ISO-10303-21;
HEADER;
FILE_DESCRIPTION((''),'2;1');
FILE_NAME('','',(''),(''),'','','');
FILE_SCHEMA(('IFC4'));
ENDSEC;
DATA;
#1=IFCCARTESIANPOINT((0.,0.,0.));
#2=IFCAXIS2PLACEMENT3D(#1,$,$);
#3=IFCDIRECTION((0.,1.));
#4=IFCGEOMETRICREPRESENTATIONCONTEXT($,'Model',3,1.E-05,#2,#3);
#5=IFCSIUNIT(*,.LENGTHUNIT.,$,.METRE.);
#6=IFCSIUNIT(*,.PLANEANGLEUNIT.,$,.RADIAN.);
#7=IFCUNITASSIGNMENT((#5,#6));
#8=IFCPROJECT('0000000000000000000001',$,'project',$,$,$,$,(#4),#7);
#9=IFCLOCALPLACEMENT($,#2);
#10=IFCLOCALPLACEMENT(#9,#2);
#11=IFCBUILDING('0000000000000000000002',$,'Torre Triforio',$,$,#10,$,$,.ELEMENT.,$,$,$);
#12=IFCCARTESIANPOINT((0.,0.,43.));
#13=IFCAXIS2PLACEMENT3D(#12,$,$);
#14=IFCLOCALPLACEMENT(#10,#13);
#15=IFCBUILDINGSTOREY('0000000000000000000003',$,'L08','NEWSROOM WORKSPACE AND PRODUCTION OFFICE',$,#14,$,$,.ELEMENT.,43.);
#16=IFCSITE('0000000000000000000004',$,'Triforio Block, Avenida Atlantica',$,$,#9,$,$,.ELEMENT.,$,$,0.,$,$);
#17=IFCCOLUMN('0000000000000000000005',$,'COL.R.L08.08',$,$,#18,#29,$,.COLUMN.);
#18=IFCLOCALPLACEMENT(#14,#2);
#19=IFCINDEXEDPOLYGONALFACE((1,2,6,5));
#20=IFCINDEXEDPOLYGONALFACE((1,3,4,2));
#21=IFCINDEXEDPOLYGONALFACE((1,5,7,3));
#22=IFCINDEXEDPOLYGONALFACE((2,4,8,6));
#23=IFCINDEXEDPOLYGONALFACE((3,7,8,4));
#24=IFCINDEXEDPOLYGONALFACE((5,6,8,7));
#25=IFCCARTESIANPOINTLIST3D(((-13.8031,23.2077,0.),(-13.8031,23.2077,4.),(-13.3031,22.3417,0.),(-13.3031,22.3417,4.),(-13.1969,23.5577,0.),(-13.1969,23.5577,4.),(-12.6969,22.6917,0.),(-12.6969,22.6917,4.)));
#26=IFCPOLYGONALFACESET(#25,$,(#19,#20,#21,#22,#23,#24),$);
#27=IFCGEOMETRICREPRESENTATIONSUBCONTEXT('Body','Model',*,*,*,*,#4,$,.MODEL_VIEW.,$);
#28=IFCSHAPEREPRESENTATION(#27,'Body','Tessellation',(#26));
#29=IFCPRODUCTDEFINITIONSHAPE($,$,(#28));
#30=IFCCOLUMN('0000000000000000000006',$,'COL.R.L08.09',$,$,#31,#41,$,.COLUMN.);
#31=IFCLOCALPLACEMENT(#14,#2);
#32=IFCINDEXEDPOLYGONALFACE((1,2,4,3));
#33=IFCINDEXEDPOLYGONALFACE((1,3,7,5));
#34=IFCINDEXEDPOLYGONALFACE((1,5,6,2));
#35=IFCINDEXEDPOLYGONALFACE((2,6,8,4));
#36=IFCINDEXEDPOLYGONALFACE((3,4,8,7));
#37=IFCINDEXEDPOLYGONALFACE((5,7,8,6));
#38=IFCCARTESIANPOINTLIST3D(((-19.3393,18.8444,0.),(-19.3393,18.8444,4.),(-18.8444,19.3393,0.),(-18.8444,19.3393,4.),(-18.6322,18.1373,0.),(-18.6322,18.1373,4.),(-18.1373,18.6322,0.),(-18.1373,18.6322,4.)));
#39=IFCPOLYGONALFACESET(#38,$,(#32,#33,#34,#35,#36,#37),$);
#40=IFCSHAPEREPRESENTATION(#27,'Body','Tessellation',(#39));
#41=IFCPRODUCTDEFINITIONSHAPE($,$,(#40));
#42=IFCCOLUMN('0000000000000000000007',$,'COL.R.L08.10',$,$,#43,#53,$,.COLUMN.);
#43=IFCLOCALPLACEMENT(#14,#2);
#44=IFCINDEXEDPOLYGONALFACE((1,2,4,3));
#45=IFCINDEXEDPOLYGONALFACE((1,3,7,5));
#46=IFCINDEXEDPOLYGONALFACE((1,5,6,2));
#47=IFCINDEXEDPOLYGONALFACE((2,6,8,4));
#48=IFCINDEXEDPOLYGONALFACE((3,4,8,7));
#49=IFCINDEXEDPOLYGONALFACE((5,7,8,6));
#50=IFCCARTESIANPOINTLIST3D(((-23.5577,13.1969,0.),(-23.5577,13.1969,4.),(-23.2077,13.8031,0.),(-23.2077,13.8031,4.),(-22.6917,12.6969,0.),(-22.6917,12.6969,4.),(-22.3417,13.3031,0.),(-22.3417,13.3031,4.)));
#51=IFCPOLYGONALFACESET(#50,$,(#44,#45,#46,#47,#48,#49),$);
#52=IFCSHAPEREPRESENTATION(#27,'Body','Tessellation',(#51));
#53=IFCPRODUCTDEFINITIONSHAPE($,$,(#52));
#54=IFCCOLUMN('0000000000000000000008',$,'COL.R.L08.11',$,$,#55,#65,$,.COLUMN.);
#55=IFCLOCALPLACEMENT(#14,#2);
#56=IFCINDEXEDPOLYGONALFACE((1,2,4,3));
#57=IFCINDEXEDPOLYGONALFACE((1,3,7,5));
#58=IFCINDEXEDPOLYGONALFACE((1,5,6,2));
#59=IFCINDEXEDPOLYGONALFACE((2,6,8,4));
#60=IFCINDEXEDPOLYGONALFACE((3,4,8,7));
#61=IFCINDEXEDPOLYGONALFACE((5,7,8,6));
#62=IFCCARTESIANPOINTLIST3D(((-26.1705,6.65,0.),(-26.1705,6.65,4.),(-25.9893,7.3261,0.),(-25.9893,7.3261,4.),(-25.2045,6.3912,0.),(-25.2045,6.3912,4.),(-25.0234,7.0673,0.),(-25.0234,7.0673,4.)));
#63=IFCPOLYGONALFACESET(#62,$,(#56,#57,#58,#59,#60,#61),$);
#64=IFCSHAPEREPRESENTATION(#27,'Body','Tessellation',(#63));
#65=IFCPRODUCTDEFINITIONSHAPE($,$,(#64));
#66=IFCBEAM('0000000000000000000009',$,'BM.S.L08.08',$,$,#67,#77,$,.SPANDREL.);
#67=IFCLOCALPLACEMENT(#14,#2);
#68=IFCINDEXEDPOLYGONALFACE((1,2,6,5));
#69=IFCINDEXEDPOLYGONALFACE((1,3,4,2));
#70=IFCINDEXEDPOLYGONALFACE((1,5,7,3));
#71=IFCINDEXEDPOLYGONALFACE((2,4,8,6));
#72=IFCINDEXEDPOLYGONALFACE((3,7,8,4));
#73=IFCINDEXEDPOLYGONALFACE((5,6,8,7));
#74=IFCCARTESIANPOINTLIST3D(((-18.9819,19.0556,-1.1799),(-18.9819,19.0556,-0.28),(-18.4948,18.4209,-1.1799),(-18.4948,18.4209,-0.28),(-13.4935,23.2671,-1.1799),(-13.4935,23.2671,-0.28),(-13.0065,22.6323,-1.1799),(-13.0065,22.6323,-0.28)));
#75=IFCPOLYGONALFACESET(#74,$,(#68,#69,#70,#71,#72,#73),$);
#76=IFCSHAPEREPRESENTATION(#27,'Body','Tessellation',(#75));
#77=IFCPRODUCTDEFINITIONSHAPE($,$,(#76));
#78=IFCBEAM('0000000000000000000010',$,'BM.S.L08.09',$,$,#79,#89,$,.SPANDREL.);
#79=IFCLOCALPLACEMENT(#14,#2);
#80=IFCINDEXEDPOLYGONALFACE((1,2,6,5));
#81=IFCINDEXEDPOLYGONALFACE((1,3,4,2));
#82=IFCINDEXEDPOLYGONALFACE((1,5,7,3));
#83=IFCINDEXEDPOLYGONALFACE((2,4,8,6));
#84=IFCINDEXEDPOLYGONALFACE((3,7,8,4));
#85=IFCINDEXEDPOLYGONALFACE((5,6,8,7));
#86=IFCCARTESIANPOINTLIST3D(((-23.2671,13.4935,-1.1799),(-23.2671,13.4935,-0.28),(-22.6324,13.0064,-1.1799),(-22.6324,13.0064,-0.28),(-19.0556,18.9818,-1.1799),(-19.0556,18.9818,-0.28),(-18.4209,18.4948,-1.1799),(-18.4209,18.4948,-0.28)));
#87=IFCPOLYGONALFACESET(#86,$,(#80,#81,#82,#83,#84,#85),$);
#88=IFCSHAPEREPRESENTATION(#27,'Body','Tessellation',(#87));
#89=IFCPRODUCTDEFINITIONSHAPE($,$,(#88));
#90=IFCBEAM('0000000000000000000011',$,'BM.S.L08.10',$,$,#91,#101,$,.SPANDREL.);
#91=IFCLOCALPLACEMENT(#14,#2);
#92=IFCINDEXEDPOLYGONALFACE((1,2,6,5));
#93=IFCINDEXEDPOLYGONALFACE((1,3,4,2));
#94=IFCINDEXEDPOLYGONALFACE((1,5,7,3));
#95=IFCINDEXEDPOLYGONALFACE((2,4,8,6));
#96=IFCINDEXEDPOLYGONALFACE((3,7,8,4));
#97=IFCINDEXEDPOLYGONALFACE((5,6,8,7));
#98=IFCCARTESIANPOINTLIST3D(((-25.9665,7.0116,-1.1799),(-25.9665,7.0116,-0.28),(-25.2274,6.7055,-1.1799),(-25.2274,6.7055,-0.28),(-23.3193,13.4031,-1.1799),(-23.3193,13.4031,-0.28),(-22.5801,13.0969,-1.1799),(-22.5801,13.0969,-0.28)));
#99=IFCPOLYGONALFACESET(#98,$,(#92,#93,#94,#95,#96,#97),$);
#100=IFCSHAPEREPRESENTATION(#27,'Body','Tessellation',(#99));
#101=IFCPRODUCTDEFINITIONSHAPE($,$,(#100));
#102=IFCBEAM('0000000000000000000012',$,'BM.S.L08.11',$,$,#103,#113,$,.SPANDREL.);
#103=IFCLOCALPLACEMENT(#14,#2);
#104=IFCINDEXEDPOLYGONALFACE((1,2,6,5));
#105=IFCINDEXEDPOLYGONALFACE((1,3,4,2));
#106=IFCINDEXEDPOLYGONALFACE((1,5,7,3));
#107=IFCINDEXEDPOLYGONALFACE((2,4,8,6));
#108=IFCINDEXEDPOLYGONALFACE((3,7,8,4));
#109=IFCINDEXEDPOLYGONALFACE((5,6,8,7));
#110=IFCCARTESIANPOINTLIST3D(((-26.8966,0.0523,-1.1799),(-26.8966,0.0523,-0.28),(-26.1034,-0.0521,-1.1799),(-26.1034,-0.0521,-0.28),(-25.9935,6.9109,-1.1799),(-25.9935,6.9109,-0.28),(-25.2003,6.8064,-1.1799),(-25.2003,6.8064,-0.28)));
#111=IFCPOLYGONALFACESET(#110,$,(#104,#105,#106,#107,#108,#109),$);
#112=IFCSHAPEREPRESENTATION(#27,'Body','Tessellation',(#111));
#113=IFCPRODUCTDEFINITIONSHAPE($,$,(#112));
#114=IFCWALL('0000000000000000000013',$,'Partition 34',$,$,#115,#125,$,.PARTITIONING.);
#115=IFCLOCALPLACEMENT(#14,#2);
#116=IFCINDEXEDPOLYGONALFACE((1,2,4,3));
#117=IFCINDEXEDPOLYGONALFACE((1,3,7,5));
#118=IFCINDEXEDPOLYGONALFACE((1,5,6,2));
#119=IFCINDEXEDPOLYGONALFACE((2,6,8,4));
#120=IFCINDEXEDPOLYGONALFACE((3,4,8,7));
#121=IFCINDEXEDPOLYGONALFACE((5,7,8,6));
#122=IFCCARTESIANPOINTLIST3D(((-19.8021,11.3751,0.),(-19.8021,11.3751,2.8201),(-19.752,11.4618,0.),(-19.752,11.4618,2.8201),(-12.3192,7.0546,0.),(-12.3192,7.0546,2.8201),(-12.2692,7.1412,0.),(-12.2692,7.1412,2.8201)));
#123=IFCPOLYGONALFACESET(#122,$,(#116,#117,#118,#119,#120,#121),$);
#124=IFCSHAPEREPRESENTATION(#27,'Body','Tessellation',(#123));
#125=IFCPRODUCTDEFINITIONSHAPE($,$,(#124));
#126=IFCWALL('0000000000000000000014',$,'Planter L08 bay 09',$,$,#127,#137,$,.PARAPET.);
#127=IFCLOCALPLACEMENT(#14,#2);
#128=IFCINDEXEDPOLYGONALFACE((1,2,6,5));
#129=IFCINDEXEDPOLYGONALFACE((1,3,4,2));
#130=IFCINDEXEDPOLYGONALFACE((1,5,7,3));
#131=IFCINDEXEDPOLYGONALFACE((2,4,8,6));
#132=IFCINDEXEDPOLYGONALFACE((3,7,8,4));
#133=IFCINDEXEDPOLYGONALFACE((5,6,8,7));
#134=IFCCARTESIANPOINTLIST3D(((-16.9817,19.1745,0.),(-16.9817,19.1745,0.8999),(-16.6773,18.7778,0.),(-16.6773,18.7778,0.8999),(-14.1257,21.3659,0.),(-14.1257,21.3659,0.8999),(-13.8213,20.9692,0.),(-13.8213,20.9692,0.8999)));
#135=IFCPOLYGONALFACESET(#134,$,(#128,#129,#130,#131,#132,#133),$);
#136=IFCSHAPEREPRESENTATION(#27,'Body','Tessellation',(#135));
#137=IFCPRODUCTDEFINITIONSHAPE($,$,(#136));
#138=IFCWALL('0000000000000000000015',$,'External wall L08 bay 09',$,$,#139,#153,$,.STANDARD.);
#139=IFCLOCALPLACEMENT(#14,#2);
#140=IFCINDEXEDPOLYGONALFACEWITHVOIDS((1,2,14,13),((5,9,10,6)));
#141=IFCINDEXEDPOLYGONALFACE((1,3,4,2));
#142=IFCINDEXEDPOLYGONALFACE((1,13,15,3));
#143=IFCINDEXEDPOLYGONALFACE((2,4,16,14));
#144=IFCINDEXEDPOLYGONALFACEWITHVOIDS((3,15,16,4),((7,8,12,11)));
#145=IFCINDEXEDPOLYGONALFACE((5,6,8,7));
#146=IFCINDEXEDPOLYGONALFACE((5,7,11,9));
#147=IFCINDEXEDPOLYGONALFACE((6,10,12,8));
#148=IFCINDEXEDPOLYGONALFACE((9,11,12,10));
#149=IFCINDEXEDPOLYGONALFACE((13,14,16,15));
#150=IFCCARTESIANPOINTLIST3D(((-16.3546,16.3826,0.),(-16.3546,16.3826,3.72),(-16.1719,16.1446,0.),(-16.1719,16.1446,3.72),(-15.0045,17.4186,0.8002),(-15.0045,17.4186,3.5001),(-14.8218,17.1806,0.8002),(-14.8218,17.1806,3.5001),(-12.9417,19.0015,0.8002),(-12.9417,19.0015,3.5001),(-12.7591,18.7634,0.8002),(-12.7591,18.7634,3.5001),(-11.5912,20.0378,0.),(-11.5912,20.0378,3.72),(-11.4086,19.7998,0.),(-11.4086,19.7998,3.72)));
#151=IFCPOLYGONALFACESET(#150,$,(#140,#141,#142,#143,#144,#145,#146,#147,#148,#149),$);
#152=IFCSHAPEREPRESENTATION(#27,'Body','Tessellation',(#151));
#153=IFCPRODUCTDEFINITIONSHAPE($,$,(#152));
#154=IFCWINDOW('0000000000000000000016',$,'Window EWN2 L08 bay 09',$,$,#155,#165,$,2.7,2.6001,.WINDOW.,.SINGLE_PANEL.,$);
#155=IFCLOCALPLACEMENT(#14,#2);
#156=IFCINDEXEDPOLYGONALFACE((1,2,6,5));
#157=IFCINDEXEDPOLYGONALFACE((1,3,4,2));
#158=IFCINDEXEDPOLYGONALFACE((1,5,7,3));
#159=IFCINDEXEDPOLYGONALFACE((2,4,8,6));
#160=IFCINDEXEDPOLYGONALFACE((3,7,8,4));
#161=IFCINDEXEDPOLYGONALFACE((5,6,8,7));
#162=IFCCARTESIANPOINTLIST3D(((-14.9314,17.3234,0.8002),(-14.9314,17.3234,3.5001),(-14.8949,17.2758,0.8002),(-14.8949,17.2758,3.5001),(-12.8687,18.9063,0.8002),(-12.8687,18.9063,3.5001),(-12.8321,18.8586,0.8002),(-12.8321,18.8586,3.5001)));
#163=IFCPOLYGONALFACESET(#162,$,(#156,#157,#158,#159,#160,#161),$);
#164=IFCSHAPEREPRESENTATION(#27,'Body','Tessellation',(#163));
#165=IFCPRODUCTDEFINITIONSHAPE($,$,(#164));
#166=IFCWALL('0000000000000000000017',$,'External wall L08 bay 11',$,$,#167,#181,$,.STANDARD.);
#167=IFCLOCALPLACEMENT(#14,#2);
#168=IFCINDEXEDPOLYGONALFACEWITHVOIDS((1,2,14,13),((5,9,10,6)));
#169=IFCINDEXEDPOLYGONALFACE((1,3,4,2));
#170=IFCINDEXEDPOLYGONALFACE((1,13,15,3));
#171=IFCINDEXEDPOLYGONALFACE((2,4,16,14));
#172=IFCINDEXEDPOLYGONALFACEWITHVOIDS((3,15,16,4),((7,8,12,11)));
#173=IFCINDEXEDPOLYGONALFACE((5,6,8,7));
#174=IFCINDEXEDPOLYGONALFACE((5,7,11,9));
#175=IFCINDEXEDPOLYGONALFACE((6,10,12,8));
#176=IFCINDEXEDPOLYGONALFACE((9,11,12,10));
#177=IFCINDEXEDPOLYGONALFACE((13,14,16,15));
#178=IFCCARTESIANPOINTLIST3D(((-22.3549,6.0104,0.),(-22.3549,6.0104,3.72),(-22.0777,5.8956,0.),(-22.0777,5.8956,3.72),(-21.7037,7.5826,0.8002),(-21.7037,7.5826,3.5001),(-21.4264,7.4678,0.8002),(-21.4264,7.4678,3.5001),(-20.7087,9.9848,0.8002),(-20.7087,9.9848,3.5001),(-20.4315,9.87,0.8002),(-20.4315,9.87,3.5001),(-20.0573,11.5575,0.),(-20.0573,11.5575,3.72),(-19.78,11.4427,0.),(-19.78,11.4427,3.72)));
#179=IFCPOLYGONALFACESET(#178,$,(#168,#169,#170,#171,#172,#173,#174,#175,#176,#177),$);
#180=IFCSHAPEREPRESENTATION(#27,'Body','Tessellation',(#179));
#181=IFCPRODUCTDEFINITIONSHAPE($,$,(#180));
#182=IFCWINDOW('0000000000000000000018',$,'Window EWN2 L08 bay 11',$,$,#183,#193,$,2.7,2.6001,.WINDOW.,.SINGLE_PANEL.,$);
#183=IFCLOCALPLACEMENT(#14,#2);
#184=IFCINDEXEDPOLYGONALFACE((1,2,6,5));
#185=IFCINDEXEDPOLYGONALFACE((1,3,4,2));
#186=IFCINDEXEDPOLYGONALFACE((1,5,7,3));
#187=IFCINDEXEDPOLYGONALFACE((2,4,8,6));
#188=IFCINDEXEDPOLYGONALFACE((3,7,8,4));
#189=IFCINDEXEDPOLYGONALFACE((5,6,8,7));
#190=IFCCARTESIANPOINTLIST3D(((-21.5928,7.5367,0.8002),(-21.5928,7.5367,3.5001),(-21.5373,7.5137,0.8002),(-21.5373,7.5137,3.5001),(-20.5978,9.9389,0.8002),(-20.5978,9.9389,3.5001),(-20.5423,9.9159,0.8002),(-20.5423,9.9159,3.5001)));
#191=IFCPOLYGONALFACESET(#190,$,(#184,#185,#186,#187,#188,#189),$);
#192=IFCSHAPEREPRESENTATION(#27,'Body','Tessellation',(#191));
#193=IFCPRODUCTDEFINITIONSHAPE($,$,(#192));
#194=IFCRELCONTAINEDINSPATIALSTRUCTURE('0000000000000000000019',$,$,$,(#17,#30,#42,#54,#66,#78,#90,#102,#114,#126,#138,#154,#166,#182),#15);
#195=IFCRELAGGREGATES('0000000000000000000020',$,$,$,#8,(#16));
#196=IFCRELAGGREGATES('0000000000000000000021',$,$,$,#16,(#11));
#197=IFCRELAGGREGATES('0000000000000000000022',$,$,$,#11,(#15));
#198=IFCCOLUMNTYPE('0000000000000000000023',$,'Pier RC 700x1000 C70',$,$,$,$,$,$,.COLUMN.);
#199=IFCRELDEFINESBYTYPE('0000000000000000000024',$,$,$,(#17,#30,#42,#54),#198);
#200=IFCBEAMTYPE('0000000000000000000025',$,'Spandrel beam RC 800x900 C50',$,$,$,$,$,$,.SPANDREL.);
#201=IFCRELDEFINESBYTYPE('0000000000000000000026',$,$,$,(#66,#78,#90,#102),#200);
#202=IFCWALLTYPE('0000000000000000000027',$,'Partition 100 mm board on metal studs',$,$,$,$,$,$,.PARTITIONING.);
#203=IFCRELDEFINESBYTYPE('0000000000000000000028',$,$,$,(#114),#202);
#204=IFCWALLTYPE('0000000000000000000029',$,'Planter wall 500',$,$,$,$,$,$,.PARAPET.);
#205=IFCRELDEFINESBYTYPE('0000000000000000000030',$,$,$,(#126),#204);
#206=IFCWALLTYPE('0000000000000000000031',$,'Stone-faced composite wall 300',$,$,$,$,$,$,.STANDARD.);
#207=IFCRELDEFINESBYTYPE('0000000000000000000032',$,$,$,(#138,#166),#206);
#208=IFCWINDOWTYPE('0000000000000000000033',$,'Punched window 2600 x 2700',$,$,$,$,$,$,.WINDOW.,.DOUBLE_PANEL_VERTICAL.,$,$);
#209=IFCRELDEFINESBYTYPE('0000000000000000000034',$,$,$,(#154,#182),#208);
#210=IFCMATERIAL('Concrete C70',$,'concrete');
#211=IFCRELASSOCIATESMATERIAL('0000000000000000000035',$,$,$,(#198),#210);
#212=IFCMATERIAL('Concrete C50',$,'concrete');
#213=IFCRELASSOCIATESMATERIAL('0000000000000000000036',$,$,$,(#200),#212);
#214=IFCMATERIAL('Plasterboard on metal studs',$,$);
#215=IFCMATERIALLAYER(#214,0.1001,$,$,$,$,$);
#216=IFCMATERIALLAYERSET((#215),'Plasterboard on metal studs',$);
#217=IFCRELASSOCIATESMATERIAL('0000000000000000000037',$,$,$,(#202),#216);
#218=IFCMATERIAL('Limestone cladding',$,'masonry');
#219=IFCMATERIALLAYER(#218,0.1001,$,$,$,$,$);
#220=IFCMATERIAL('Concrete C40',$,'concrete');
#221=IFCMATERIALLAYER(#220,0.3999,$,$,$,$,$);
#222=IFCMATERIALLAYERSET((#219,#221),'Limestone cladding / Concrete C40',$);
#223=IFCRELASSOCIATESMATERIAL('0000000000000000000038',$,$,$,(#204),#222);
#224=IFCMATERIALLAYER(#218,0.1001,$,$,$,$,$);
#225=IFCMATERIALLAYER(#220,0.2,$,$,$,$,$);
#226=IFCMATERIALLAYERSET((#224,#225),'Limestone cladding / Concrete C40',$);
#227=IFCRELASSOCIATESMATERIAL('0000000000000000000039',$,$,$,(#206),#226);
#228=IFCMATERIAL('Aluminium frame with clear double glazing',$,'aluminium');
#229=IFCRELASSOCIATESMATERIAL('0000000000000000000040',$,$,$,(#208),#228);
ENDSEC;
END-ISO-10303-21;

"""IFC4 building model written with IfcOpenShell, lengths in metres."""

from ifc_helpers import new_model, si_unit, direction, frame, frame_2d, origin, origin_2d, place, context, subcontext, project, spatial, rectangle, extrude, material, layer, layer_set, material_profile, profile_set, type_object, element, fill, save


model = new_model("IFC4")

# Units and contexts
model_context = context("Model", 3, precision=1e-05, world=origin(), true_north=direction((0.0, 1.0)))
body_context = subcontext(model_context, "Body", "Model", "MODEL_VIEW")
ifc_project = project(units=[si_unit("LENGTHUNIT", "METRE"), si_unit("PLANEANGLEUNIT", "RADIAN")], contexts=[model_context])

# Site, building, storey
site_placement = place(None, origin())
site = spatial("IfcSite", under=ifc_project, at=site_placement, Name="Triforio Block, Avenida Atlantica", CompositionType="ELEMENT", RefElevation=0.0)
building_placement = place(site_placement, origin())
building = spatial("IfcBuilding", under=site, at=building_placement, Name="Torre Triforio", CompositionType="ELEMENT")
storey_placement = place(building_placement, frame((0.0, 0.0, 43.0)))
storey = spatial("IfcBuildingStorey", under=building, at=storey_placement, Name="L08", Description="NEWSROOM WORKSPACE AND PRODUCTION OFFICE", CompositionType="ELEMENT", Elevation=43.0)

# Columns
ifc_material_1 = material(Name="Concrete C70", Category="concrete")
ifc_material_profile_1 = material_profile(ifc_material_1, rectangle(XDim=0.7, YDim=1.0, at=origin_2d()), Name="RC 700x1000")
ifc_profile_set_1 = profile_set([ifc_material_profile_1], Name="Concrete C70")
column_type = type_object("IfcColumnType", Name="Pier RC 700x1000 C70", PredefinedType="COLUMN", material=ifc_profile_set_1)
for number, where, z_axis, x_axis, name in (
    (1, (-13.25, 22.9497, 0.0), (0.0, 0.0, 1.0), (-0.866025, -0.5, 0.0), "COL.R.L08.08"),
    (2, (-18.7383, 18.7383, 0.0), (0.0, 0.0, 1.0), (-0.707107, -0.707107, 0.0), "COL.R.L08.09"),
    (3, (-22.9497, 13.25, 0.0), (0.0, 0.0, 1.0), (-0.5, -0.866025, 0.0), "COL.R.L08.10"),
    (4, (-25.5969, 6.8586, 0.0), (0.0, 0.0, 1.0), (-0.258819, -0.965926, 0.0), "COL.R.L08.11"),
):
    element("IfcColumn", number, at=place(storey_placement, frame(where, z_axis=z_axis, x_axis=x_axis)), inside=storey, type_object=column_type, Name=name, PredefinedType="COLUMN", context=body_context, shape_type="SweptSolid", body=[
        extrude(rectangle(XDim=0.7, YDim=1.0, at=origin_2d()), origin(), (0.0, 0.0, 1.0), 4.0),
    ])

# Beams
ifc_material_2 = material(Name="Concrete C50", Category="concrete")
ifc_material_profile_2 = material_profile(ifc_material_2, rectangle(XDim=0.8, YDim=0.8999, at=origin_2d()), Name="RC 800x900")
ifc_profile_set_2 = profile_set([ifc_material_profile_2], Name="Concrete C50")
beam_type = type_object("IfcBeamType", Name="Spandrel beam RC 800x900 C50", PredefinedType="SPANDREL", material=ifc_profile_set_2)
for number, where, z_axis, x_axis, name in (
    (5, (-13.25, 22.9497, -0.73), (-0.793345, -0.608772, 0.0), (0.608772, -0.793345, 0.0), "BM.S.L08.08"),
    (6, (-18.7383, 18.7383, -0.73), (-0.608772, -0.793345, 0.0), (0.793345, -0.608772, 0.0), "BM.S.L08.09"),
    (7, (-22.9497, 13.25, -0.73), (-0.382662, -0.923888, 0.0), (0.923888, -0.382662, 0.0), "BM.S.L08.10"),
):
    element("IfcBeam", number, at=place(storey_placement, frame(where, z_axis=z_axis, x_axis=x_axis)), inside=storey, type_object=beam_type, Name=name, PredefinedType="SPANDREL", context=body_context, shape_type="SweptSolid", body=[
        extrude(rectangle(XDim=0.8, YDim=0.8999, at=origin_2d()), origin(), (0.0, 0.0, 1.0), 6.918),
    ])
beam_placement = place(storey_placement, frame((-25.5969, 6.8586, -0.73), z_axis=(-0.130543, -0.991443, 0.0), x_axis=(0.991443, -0.130543, 0.0)))
element("IfcBeam", 8, at=beam_placement, inside=storey, type_object=beam_type, Name="BM.S.L08.11", PredefinedType="SPANDREL", context=body_context, shape_type="SweptSolid", body=[
    extrude(rectangle(XDim=0.8, YDim=0.8999, at=origin_2d()), origin(), (0.0, 0.0, 1.0), 6.9177),
])

# Walls
ifc_material_3 = material(Name="Plasterboard on metal studs")
ifc_layer_1 = layer(ifc_material_3, 0.1001)
ifc_layer_set_1 = layer_set([ifc_layer_1], Name="Plasterboard on metal studs")
wall_type_1 = type_object("IfcWallType", Name="Partition 100 mm board on metal studs", PredefinedType="PARTITIONING", material=ifc_layer_set_1)
wall_1_placement = place(storey_placement, frame((-12.2942, 7.0979, 0.0), z_axis=(0.0, 0.0, 1.0), x_axis=(-0.866011, 0.500026, 0.0)))
element("IfcWall", 9, at=wall_1_placement, inside=storey, type_object=wall_type_1, Name="Partition 34", PredefinedType="PARTITIONING", context=body_context, shape_type="SweptSolid", body=[
    extrude(rectangle(XDim=8.6406, YDim=0.1001, at=frame_2d((4.3203, 0.0))), origin(), (0.0, 0.0, 1.0), 2.8201),
])
ifc_material_4 = material(Name="Limestone cladding", Category="masonry")
ifc_layer_2 = layer(ifc_material_4, 0.1001)
ifc_material_5 = material(Name="Concrete C40", Category="concrete")
ifc_layer_3 = layer(ifc_material_5, 0.3999)
ifc_layer_set_2 = layer_set([ifc_layer_2, ifc_layer_3], Name="Limestone cladding / Concrete C40")
wall_type_2 = type_object("IfcWallType", Name="Planter wall 500", PredefinedType="PARAPET", material=ifc_layer_set_2)
wall_2_placement = place(storey_placement, frame((-13.9736, 21.1675, 0.0), z_axis=(0.0, 0.0, 1.0), x_axis=(-0.79336, -0.608753, 0.0)))
element("IfcWall", 10, at=wall_2_placement, inside=storey, type_object=wall_type_2, Name="Planter L08 bay 09", PredefinedType="PARAPET", context=body_context, shape_type="SweptSolid", body=[
    extrude(rectangle(XDim=3.5999, YDim=0.5, at=frame_2d((1.7998, 0.0))), origin(), (0.0, 0.0, 1.0), 0.8999),
])

# Wall, opening, window
ifc_layer_4 = layer(ifc_material_4, 0.1001)
ifc_layer_5 = layer(ifc_material_5, 0.2)
ifc_layer_set_3 = layer_set([ifc_layer_4, ifc_layer_5], Name="Limestone cladding / Concrete C40")
wall_type_3 = type_object("IfcWallType", Name="Stone-faced composite wall 300", PredefinedType="STANDARD", material=ifc_layer_set_3)
wall_3_placement = place(storey_placement, frame((-11.5, 19.9187, 0.0), z_axis=(0.0, 0.0, 1.0), x_axis=(-0.79334, -0.608779, 0.0)))
wall_3 = element("IfcWall", 11, at=wall_3_placement, inside=storey, type_object=wall_type_3, Name="External wall L08 bay 09", PredefinedType="STANDARD", context=body_context, shape_type="SweptSolid", body=[
    extrude(rectangle(XDim=6.0042, YDim=0.3, at=frame_2d((3.002, 0.0))), origin(), (0.0, 0.0, 1.0), 3.72),
])
opening_1_placement = place(wall_3_placement, frame((1.7021, 0.0, 0.8)))
opening_1 = element("IfcOpeningElement", 12, at=opening_1_placement, cuts=wall_3, PredefinedType="OPENING", context=body_context, shape_type="SweptSolid", body=[
    extrude(rectangle(XDim=2.6001, YDim=2.7, at=frame_2d((1.3, 1.3501))), frame((0.0, 0.1599, 0.0), z_axis=(0.0, -1.0, 0.0), x_axis=(1.0, 0.0, 0.0)), (0.0, 0.0, 1.0), 0.3201),
])
ifc_material_6 = material(Name="Aluminium frame with clear double glazing", Category="aluminium")
window_type_1 = type_object("IfcWindowType", Name="Punched window 2600 x 2700", PartitioningType="DOUBLE_PANEL_VERTICAL", PredefinedType="WINDOW", material=ifc_material_6)
window_1_placement = place(opening_1_placement, origin())
window_1 = element("IfcWindow", 13, at=window_1_placement, inside=storey, type_object=window_type_1, Name="Window EWN2 L08 bay 09", OverallHeight=2.7, OverallWidth=2.6001, PartitioningType="SINGLE_PANEL", PredefinedType="WINDOW", context=body_context, shape_type="SweptSolid", body=[
    extrude(rectangle(XDim=2.6001, YDim=2.7, at=frame_2d((1.3, 1.3501))), frame((0.0, 0.03, 0.0), z_axis=(0.0, -1.0, 0.0), x_axis=(1.0, 0.0, 0.0)), (0.0, 0.0, 1.0), 0.0601),
])
fill(opening_1, window_1)

# Wall, opening, window
wall_4_placement = place(storey_placement, frame((-19.9187, 11.5, 0.0), z_axis=(0.0, 0.0, 1.0), x_axis=(-0.382671, -0.923885, 0.0)))
wall_4 = element("IfcWall", 14, at=wall_4_placement, inside=storey, type_object=wall_type_3, Name="External wall L08 bay 11", PredefinedType="STANDARD", context=body_context, shape_type="SweptSolid", body=[
    extrude(rectangle(XDim=6.0042, YDim=0.3, at=frame_2d((3.002, 0.0))), origin(), (0.0, 0.0, 1.0), 3.72),
])
opening_2_placement = place(wall_4_placement, frame((1.7021, 0.0, 0.8)))
opening_2 = element("IfcOpeningElement", 15, at=opening_2_placement, cuts=wall_4, PredefinedType="OPENING", context=body_context, shape_type="SweptSolid", body=[
    extrude(rectangle(XDim=2.6001, YDim=2.7, at=frame_2d((1.3, 1.3501))), frame((0.0, 0.1599, 0.0), z_axis=(0.0, -1.0, 0.0), x_axis=(1.0, 0.0, 0.0)), (0.0, 0.0, 1.0), 0.3201),
])
window_2_placement = place(opening_2_placement, origin())
window_2 = element("IfcWindow", 16, at=window_2_placement, inside=storey, type_object=window_type_1, Name="Window EWN2 L08 bay 11", OverallHeight=2.7, OverallWidth=2.6001, PartitioningType="SINGLE_PANEL", PredefinedType="WINDOW", context=body_context, shape_type="SweptSolid", body=[
    extrude(rectangle(XDim=2.6001, YDim=2.7, at=frame_2d((1.3, 1.3501))), frame((0.0, 0.03, 0.0), z_axis=(0.0, -1.0, 0.0), x_axis=(1.0, 0.0, 0.0)), (0.0, 0.0, 1.0), 0.0601),
])
fill(opening_2, window_2)

save(model, "model.ifc")
